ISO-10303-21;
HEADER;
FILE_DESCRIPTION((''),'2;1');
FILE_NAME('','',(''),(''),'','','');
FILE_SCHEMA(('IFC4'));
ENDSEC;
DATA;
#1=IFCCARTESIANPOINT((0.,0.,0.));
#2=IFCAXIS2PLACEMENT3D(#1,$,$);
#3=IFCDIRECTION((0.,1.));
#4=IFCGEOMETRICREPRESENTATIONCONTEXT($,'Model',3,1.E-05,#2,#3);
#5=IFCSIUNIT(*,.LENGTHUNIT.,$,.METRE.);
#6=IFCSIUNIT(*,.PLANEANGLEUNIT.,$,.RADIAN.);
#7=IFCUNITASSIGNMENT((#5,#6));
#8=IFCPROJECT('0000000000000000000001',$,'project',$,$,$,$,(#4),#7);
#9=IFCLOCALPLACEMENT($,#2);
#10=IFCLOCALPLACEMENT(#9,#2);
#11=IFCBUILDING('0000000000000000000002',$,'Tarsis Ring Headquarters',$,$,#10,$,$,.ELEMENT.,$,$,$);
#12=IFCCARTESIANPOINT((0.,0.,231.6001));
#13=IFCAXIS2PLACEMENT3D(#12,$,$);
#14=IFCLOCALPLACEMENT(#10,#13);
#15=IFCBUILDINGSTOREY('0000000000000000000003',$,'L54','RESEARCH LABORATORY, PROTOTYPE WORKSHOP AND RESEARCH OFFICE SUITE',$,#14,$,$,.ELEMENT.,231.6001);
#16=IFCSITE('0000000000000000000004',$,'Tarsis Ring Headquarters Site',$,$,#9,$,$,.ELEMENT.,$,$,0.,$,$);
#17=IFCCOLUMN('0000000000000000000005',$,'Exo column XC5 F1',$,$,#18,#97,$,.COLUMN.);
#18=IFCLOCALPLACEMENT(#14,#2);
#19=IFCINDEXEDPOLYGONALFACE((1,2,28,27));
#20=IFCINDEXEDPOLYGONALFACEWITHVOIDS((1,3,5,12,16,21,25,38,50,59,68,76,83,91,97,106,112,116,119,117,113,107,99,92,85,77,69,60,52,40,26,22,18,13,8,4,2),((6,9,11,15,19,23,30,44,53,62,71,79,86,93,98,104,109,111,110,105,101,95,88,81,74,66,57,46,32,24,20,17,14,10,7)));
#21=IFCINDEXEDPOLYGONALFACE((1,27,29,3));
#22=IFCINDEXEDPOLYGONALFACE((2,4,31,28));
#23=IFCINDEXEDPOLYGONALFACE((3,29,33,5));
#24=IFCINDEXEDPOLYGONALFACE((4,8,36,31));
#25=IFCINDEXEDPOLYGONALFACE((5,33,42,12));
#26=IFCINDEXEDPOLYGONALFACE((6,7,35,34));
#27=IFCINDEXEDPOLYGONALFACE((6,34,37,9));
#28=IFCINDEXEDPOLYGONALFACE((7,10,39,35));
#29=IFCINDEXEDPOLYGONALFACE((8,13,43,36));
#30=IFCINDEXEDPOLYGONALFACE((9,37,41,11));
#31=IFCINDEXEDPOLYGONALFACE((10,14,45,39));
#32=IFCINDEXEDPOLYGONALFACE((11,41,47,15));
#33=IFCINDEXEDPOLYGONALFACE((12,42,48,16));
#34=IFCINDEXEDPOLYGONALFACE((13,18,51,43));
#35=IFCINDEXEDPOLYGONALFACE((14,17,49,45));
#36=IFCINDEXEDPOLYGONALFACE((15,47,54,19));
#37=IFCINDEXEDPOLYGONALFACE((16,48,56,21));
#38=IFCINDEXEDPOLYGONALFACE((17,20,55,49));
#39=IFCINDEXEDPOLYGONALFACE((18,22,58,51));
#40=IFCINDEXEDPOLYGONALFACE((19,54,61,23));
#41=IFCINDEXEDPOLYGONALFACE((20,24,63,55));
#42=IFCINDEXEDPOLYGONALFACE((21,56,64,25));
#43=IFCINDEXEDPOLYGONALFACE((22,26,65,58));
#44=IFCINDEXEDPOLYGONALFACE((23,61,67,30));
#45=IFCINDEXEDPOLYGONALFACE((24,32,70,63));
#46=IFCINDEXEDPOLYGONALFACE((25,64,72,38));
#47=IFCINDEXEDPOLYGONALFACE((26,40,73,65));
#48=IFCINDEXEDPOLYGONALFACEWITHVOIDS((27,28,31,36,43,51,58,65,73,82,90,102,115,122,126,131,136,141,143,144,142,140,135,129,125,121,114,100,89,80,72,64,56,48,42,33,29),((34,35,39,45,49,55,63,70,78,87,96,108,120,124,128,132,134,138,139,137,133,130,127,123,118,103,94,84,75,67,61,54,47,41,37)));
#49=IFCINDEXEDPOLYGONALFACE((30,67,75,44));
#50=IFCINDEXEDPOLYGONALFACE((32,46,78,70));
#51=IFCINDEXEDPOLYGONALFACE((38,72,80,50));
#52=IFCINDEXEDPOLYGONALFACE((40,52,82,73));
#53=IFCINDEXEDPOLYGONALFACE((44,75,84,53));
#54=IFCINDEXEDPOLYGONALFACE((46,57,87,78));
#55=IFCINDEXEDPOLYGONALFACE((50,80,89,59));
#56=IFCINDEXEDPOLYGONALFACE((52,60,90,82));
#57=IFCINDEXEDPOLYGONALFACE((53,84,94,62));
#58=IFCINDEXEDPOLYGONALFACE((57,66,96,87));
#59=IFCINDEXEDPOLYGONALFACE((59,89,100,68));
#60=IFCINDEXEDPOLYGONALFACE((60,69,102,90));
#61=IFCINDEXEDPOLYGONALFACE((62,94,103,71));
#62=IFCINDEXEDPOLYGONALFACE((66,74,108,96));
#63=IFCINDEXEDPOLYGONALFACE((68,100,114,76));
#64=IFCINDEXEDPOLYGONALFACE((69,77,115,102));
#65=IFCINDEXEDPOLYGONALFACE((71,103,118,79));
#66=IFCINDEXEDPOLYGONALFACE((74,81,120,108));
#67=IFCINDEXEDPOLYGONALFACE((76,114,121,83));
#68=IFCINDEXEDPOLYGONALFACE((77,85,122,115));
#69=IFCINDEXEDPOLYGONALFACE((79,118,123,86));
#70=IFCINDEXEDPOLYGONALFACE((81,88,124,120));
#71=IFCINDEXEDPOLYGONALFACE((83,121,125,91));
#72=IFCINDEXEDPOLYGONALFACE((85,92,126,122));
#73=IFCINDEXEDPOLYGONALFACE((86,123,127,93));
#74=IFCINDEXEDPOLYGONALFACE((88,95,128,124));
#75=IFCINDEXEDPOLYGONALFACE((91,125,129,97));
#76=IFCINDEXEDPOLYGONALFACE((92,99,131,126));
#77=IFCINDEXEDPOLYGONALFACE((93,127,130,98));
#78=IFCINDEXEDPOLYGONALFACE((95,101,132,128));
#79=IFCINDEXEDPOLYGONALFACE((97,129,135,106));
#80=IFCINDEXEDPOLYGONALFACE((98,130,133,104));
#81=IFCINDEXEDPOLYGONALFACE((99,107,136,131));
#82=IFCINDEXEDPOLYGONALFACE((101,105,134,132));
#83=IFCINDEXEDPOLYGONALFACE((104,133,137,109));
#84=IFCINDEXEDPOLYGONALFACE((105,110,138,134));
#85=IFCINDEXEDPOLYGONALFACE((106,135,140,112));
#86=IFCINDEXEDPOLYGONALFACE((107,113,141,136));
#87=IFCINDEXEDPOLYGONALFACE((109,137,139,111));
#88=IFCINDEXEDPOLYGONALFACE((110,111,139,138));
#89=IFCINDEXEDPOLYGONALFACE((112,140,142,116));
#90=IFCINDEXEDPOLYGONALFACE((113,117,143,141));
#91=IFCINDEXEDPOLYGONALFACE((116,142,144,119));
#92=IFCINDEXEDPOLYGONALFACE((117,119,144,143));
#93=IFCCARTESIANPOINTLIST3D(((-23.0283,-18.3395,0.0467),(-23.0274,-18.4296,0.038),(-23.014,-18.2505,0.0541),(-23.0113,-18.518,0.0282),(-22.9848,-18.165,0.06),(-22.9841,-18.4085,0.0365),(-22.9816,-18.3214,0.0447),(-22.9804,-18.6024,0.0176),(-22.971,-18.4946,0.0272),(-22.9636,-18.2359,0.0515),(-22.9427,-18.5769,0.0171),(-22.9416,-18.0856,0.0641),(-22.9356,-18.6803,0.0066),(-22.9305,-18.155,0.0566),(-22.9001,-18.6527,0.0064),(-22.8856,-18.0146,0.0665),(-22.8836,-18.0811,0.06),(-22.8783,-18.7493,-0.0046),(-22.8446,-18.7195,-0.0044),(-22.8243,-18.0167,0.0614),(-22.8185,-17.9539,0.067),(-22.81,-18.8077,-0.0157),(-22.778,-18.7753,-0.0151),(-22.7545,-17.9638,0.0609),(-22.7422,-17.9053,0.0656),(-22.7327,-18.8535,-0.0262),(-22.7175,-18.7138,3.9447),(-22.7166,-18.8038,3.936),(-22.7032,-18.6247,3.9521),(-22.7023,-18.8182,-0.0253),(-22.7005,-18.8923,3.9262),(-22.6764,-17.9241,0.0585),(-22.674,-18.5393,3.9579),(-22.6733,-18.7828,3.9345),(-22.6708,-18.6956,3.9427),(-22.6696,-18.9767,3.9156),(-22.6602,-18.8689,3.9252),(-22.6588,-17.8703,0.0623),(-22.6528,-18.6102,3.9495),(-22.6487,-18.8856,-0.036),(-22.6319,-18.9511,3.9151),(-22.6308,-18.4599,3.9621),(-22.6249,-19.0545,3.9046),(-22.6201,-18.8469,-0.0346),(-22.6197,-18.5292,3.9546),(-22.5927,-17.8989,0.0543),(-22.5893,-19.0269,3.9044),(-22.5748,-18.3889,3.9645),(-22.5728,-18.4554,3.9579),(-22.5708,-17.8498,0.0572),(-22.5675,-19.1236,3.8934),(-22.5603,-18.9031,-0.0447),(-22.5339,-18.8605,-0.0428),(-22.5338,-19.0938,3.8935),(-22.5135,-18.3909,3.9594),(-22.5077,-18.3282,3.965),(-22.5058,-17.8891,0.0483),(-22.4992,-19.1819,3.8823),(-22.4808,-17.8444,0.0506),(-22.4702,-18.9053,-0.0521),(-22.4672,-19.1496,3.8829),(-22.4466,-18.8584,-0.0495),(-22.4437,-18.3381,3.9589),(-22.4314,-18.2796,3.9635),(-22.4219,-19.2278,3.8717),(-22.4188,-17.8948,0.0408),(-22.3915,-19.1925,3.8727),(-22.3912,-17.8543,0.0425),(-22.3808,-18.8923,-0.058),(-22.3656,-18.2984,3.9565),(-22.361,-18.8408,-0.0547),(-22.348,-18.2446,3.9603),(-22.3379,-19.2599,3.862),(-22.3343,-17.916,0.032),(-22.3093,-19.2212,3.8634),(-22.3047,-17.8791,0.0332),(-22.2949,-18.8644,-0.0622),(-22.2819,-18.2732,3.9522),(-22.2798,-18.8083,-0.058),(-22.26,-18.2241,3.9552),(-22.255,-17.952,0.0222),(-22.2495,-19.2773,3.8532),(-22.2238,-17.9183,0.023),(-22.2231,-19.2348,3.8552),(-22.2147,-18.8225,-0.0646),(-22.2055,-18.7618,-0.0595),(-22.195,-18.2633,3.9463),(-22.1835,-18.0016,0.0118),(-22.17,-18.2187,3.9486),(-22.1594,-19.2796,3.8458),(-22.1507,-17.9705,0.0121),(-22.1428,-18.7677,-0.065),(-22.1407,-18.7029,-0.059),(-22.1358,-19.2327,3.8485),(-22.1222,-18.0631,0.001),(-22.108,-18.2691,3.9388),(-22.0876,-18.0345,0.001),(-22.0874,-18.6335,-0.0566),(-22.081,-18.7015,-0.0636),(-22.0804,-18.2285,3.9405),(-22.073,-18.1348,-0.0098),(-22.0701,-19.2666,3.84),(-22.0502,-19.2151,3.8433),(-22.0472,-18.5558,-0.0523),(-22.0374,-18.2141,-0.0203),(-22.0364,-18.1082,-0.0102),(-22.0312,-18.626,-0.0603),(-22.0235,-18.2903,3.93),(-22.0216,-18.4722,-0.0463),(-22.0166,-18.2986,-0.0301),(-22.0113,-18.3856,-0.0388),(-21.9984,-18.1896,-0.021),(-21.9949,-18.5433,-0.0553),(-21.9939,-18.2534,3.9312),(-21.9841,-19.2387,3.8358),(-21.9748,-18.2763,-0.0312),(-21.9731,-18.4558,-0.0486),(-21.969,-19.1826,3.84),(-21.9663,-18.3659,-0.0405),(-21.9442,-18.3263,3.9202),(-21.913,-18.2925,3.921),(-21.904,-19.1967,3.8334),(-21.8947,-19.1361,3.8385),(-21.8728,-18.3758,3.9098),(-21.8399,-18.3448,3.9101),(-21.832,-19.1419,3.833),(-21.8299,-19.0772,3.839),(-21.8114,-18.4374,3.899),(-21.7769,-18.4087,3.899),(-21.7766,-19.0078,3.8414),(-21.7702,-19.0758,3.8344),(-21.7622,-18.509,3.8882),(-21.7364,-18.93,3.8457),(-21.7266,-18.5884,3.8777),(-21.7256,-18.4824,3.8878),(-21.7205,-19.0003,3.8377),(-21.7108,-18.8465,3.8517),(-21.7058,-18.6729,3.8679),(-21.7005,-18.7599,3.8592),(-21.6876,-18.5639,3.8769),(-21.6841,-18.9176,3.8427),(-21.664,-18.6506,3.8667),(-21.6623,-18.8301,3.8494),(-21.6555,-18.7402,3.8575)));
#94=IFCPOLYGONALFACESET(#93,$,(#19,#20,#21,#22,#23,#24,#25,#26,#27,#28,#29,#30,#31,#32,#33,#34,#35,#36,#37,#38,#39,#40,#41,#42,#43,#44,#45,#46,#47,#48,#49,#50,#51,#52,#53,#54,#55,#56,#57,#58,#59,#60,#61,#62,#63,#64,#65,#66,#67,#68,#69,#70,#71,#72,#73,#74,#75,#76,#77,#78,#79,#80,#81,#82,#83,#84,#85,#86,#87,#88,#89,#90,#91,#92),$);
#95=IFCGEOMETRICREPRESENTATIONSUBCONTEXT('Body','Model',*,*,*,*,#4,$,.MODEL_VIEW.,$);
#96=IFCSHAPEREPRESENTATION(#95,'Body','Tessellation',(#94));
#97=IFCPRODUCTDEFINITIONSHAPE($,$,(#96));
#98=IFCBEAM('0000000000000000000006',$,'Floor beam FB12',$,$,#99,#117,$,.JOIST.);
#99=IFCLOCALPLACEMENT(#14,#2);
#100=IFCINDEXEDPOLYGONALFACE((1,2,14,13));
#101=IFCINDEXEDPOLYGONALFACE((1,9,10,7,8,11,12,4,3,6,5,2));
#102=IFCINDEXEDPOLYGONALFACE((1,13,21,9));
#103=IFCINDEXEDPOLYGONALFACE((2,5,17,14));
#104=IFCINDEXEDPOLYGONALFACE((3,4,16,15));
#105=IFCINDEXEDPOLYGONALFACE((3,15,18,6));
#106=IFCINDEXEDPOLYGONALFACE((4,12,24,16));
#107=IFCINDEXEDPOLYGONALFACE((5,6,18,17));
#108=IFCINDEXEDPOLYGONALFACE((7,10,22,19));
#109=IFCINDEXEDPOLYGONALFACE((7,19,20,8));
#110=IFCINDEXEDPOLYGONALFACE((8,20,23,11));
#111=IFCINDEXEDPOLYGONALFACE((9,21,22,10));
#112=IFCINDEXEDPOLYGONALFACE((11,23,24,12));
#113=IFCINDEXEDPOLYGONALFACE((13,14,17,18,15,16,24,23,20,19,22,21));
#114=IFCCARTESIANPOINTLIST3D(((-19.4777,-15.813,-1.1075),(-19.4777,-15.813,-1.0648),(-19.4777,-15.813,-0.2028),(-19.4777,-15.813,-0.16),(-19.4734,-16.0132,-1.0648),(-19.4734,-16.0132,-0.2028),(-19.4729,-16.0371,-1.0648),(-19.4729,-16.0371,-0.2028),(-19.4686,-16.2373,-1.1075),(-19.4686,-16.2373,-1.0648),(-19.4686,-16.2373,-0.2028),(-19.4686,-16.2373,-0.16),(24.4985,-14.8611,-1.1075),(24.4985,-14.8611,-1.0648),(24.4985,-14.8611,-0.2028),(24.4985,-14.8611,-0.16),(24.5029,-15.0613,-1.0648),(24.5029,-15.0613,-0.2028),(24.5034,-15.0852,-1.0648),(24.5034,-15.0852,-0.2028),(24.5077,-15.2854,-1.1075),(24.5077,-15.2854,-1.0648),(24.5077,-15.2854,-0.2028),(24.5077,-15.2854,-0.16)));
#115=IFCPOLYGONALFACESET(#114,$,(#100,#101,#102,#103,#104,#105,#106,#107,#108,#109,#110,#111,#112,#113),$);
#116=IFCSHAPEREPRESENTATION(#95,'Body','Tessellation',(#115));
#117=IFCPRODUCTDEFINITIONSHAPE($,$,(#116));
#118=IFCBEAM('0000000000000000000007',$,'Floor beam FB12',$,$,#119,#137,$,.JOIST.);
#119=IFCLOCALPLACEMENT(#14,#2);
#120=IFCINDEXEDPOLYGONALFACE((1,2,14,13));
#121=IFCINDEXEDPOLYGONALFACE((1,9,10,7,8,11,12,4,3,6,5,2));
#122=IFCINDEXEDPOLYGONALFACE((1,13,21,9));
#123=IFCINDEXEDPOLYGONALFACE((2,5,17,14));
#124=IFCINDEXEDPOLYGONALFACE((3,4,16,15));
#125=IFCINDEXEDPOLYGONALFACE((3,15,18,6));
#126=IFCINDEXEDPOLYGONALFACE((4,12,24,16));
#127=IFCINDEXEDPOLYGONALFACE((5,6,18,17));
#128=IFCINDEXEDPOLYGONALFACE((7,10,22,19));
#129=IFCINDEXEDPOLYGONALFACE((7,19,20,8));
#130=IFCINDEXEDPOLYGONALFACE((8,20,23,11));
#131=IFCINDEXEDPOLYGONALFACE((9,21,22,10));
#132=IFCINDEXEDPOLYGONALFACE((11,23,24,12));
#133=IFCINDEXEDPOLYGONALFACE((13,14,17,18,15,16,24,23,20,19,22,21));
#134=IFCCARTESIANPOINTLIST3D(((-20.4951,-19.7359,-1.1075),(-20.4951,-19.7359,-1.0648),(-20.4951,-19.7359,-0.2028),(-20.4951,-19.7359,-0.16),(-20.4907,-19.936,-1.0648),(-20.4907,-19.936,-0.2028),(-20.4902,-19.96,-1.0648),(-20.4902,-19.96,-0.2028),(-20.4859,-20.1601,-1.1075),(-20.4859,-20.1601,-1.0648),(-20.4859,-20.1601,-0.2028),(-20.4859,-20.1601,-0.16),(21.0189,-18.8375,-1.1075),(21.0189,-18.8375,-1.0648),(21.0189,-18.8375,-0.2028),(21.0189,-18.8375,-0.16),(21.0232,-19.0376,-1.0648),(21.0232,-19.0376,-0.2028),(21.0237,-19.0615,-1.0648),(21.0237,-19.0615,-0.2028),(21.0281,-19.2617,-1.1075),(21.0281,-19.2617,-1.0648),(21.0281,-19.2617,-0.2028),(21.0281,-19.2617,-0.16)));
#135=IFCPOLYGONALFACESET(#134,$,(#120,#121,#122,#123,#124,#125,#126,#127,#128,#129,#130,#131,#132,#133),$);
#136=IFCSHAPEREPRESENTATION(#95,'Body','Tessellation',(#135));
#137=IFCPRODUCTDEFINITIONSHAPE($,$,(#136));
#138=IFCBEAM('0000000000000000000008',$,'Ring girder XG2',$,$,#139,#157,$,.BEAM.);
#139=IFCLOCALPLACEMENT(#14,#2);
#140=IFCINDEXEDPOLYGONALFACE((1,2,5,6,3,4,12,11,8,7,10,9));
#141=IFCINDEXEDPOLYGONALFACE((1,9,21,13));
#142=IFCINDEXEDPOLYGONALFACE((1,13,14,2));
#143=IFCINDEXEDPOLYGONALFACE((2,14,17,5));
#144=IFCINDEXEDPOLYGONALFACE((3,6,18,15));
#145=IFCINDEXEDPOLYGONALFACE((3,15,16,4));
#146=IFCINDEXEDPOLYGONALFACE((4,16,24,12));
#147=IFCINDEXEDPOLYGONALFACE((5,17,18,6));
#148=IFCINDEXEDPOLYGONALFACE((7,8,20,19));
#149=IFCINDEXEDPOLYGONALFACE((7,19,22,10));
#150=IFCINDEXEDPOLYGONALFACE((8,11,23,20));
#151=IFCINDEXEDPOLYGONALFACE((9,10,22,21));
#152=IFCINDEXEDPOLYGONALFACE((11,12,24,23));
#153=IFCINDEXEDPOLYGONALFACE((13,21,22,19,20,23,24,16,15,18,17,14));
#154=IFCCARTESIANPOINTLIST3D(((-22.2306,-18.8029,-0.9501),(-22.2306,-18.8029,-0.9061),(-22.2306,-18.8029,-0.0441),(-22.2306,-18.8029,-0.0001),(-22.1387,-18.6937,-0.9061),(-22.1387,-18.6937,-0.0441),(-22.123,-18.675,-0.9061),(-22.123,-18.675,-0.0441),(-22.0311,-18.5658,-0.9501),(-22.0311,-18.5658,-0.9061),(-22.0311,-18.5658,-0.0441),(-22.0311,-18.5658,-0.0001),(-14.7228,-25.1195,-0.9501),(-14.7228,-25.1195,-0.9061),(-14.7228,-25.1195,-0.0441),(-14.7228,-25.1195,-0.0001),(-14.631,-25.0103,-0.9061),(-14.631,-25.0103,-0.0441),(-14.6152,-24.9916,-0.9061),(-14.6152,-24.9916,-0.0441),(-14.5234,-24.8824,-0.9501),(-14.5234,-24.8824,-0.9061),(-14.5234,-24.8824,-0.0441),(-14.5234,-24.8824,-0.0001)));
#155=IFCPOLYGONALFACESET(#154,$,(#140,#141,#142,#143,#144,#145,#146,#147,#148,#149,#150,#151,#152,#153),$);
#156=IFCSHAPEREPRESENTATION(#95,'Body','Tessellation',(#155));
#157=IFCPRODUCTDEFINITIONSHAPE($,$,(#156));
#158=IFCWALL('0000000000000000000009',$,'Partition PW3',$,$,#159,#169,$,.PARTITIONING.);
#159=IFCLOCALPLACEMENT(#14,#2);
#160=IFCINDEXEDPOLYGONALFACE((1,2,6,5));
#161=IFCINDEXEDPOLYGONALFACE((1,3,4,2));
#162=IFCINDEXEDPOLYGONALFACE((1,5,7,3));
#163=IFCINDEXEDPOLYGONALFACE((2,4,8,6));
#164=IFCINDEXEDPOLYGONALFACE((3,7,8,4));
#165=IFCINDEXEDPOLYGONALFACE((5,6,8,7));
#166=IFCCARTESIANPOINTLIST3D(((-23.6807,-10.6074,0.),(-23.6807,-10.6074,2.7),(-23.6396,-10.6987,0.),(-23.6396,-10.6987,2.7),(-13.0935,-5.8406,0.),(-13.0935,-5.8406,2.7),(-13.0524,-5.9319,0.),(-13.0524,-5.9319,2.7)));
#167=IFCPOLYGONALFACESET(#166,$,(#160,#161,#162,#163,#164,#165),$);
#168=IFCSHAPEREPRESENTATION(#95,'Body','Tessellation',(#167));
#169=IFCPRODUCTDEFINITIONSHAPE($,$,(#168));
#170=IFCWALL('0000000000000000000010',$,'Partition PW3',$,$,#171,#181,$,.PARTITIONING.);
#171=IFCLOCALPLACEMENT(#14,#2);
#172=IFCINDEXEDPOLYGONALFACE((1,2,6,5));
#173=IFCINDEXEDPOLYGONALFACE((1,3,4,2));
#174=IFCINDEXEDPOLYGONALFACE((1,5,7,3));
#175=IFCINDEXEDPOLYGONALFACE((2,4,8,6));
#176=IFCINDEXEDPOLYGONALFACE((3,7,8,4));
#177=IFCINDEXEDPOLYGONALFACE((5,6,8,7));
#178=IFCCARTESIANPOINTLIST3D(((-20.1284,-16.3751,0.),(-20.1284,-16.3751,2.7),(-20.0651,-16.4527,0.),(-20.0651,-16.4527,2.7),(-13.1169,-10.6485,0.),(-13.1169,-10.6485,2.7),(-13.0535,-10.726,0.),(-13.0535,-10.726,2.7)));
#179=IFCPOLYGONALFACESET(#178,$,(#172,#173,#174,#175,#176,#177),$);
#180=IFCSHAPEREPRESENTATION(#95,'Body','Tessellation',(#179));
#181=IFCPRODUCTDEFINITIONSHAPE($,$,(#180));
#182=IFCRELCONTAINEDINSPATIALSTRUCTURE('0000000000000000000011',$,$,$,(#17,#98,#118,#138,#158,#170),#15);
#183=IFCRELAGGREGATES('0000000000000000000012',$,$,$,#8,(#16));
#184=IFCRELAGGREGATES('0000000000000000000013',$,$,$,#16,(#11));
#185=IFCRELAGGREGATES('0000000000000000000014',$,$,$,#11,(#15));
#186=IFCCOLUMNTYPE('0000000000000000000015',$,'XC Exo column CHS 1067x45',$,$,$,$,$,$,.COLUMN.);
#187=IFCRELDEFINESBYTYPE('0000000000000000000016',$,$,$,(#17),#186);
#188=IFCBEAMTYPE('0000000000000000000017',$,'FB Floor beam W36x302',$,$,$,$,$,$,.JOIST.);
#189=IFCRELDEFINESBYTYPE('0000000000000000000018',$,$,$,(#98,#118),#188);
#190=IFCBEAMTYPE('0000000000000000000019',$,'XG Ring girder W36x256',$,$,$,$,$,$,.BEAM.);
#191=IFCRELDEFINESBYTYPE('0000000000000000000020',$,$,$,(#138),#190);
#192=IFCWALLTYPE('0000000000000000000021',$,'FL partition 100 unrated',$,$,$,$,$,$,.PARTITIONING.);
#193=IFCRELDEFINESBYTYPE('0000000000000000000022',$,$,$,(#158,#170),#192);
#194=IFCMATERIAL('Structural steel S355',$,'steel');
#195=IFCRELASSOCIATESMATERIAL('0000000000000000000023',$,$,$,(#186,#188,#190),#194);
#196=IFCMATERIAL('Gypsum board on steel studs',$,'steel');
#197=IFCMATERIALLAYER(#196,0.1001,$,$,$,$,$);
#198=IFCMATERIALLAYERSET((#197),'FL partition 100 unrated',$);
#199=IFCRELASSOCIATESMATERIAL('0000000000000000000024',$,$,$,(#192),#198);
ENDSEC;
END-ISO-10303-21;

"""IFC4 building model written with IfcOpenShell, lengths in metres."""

from ifc_helpers import new_model, si_unit, direction, frame, frame_2d, origin, origin_2d, place, context, subcontext, project, spatial, rectangle, hollow_circle, i_section, extrude, material, layer, layer_set, material_profile, profile_set, type_object, element, save


model = new_model("IFC4")

# Units and contexts
model_context = context("Model", 3, precision=1e-05, world=origin(), true_north=direction((0.0, 1.0)))
body_context = subcontext(model_context, "Body", "Model", "MODEL_VIEW")
ifc_project = project(units=[si_unit("LENGTHUNIT", "METRE"), si_unit("PLANEANGLEUNIT", "RADIAN")], contexts=[model_context])

# Site, building, storey
site_placement = place(None, origin())
site = spatial("IfcSite", under=ifc_project, at=site_placement, Name="Tarsis Ring Headquarters Site", CompositionType="ELEMENT", RefElevation=0.0)
building_placement = place(site_placement, origin())
building = spatial("IfcBuilding", under=site, at=building_placement, Name="Tarsis Ring Headquarters", CompositionType="ELEMENT")
storey_placement = place(building_placement, frame((0.0, 0.0, 231.6001)))
storey = spatial("IfcBuildingStorey", under=building, at=storey_placement, Name="L54", Description="RESEARCH LABORATORY, PROTOTYPE WORKSHOP AND RESEARCH OFFICE SUITE", CompositionType="ELEMENT", Elevation=231.6001)

# Column
ifc_material_1 = material(Name="Structural steel S355", Category="steel")
ifc_material_profile_1 = material_profile(ifc_material_1, hollow_circle(Radius=0.5334, WallThickness=0.0449, at=origin_2d()), Name="CHS 1067x45")
ifc_profile_set_1 = profile_set([ifc_material_profile_1], Name="Structural steel S355")
column_type = type_object("IfcColumnType", Name="XC Exo column CHS 1067x45", PredefinedType="COLUMN", material=ifc_profile_set_1)
column_placement = place(storey_placement, frame((-22.498, -18.3752, 0.001), z_axis=(0.079118, -0.095277, 0.992302), x_axis=(0.769331, 0.638851, 0.0)))
element("IfcColumn", 1, at=column_placement, inside=storey, type_object=column_type, Name="Exo column XC5 F1", PredefinedType="COLUMN", context=body_context, shape_type="SweptSolid", body=[
    extrude(hollow_circle(Radius=0.5334, WallThickness=0.0449, at=origin_2d()), origin(), (0.0, 0.0, 1.0), 3.9282),
])

# Beams
ifc_material_profile_2 = material_profile(ifc_material_1, i_section(OverallWidth=0.4243, OverallDepth=0.9475, WebThickness=0.0239, FlangeThickness=0.0427, at=origin_2d()), Name="W36x302")
ifc_profile_set_2 = profile_set([ifc_material_profile_2], Name="Structural steel S355")
beam_type_1 = type_object("IfcBeamType", Name="FB Floor beam W36x302", PredefinedType="JOIST", material=ifc_profile_set_2)
beam_1_placement = place(storey_placement, frame((-19.4731, -16.0251, -0.6338), z_axis=(0.999766, 0.021641, 0.0), x_axis=(-0.021641, 0.999766, 0.0)))
element("IfcBeam", 2, at=beam_1_placement, inside=storey, type_object=beam_type_1, Name="Floor beam FB12", PredefinedType="JOIST", context=body_context, shape_type="SweptSolid", body=[
    extrude(i_section(OverallWidth=0.4243, OverallDepth=0.9475, WebThickness=0.0239, FlangeThickness=0.0427, at=origin_2d()), origin(), (0.0, 0.0, 1.0), 43.9866),
])
beam_2_placement = place(storey_placement, frame((-20.4905, -19.948, -0.6338), z_axis=(0.999766, 0.021637, 0.0), x_axis=(-0.021637, 0.999766, 0.0)))
element("IfcBeam", 3, at=beam_2_placement, inside=storey, type_object=beam_type_1, Name="Floor beam FB12", PredefinedType="JOIST", context=body_context, shape_type="SweptSolid", body=[
    extrude(i_section(OverallWidth=0.4243, OverallDepth=0.9475, WebThickness=0.0239, FlangeThickness=0.0427, at=origin_2d()), origin(), (0.0, 0.0, 1.0), 41.5237),
])
ifc_material_profile_3 = material_profile(ifc_material_1, i_section(OverallWidth=0.3098, OverallDepth=0.95, WebThickness=0.0244, FlangeThickness=0.0439, at=origin_2d()), Name="W36x256")
ifc_profile_set_3 = profile_set([ifc_material_profile_3], Name="Structural steel S355")
beam_type_2 = type_object("IfcBeamType", Name="XG Ring girder W36x256", PredefinedType="BEAM", material=ifc_profile_set_3)
beam_3_placement = place(storey_placement, frame((-22.1309, -18.6843, -0.4751), z_axis=(0.765198, -0.643795, 0.0), x_axis=(0.643795, 0.765198, 0.0)))
element("IfcBeam", 4, at=beam_3_placement, inside=storey, type_object=beam_type_2, Name="Ring girder XG2", PredefinedType="BEAM", context=body_context, shape_type="SweptSolid", body=[
    extrude(i_section(OverallWidth=0.3098, OverallDepth=0.95, WebThickness=0.0244, FlangeThickness=0.0439, at=origin_2d()), origin(), (0.0, 0.0, 1.0), 9.8115),
])

# Walls
ifc_material_2 = material(Name="Gypsum board on steel studs", Category="steel")
ifc_layer_1 = layer(ifc_material_2, 0.1001)
ifc_layer_set_1 = layer_set([ifc_layer_1], Name="FL partition 100 unrated")
wall_type_1 = type_object("IfcWallType", Name="FL partition 100 unrated", PredefinedType="PARTITIONING", material=ifc_layer_set_1)
wall_1_placement = place(storey_placement, frame((-23.6602, -10.6531, 0.0), z_axis=(0.0, 0.0, 1.0), x_axis=(0.911837, 0.410553, 0.0)))
element("IfcWall", 5, at=wall_1_placement, inside=storey, type_object=wall_type_1, Name="Partition PW3", PredefinedType="PARTITIONING", context=body_context, shape_type="SweptSolid", body=[
    extrude(rectangle(XDim=11.6108, YDim=0.1001, at=frame_2d((5.8054, 0.0))), origin(), (0.0, 0.0, 1.0), 2.7),
])
wall_2_placement = place(storey_placement, frame((-20.0967, -16.4138, 0.0), z_axis=(0.0, 0.0, 1.0), x_axis=(0.774504, 0.632569, 0.0)))
element("IfcWall", 6, at=wall_2_placement, inside=storey, type_object=wall_type_1, Name="Partition PW3", PredefinedType="PARTITIONING", context=body_context, shape_type="SweptSolid", body=[
    extrude(rectangle(XDim=9.053, YDim=0.1001, at=frame_2d((4.5264, 0.0))), origin(), (0.0, 0.0, 1.0), 2.7),
])

save(model, "model.ifc")
